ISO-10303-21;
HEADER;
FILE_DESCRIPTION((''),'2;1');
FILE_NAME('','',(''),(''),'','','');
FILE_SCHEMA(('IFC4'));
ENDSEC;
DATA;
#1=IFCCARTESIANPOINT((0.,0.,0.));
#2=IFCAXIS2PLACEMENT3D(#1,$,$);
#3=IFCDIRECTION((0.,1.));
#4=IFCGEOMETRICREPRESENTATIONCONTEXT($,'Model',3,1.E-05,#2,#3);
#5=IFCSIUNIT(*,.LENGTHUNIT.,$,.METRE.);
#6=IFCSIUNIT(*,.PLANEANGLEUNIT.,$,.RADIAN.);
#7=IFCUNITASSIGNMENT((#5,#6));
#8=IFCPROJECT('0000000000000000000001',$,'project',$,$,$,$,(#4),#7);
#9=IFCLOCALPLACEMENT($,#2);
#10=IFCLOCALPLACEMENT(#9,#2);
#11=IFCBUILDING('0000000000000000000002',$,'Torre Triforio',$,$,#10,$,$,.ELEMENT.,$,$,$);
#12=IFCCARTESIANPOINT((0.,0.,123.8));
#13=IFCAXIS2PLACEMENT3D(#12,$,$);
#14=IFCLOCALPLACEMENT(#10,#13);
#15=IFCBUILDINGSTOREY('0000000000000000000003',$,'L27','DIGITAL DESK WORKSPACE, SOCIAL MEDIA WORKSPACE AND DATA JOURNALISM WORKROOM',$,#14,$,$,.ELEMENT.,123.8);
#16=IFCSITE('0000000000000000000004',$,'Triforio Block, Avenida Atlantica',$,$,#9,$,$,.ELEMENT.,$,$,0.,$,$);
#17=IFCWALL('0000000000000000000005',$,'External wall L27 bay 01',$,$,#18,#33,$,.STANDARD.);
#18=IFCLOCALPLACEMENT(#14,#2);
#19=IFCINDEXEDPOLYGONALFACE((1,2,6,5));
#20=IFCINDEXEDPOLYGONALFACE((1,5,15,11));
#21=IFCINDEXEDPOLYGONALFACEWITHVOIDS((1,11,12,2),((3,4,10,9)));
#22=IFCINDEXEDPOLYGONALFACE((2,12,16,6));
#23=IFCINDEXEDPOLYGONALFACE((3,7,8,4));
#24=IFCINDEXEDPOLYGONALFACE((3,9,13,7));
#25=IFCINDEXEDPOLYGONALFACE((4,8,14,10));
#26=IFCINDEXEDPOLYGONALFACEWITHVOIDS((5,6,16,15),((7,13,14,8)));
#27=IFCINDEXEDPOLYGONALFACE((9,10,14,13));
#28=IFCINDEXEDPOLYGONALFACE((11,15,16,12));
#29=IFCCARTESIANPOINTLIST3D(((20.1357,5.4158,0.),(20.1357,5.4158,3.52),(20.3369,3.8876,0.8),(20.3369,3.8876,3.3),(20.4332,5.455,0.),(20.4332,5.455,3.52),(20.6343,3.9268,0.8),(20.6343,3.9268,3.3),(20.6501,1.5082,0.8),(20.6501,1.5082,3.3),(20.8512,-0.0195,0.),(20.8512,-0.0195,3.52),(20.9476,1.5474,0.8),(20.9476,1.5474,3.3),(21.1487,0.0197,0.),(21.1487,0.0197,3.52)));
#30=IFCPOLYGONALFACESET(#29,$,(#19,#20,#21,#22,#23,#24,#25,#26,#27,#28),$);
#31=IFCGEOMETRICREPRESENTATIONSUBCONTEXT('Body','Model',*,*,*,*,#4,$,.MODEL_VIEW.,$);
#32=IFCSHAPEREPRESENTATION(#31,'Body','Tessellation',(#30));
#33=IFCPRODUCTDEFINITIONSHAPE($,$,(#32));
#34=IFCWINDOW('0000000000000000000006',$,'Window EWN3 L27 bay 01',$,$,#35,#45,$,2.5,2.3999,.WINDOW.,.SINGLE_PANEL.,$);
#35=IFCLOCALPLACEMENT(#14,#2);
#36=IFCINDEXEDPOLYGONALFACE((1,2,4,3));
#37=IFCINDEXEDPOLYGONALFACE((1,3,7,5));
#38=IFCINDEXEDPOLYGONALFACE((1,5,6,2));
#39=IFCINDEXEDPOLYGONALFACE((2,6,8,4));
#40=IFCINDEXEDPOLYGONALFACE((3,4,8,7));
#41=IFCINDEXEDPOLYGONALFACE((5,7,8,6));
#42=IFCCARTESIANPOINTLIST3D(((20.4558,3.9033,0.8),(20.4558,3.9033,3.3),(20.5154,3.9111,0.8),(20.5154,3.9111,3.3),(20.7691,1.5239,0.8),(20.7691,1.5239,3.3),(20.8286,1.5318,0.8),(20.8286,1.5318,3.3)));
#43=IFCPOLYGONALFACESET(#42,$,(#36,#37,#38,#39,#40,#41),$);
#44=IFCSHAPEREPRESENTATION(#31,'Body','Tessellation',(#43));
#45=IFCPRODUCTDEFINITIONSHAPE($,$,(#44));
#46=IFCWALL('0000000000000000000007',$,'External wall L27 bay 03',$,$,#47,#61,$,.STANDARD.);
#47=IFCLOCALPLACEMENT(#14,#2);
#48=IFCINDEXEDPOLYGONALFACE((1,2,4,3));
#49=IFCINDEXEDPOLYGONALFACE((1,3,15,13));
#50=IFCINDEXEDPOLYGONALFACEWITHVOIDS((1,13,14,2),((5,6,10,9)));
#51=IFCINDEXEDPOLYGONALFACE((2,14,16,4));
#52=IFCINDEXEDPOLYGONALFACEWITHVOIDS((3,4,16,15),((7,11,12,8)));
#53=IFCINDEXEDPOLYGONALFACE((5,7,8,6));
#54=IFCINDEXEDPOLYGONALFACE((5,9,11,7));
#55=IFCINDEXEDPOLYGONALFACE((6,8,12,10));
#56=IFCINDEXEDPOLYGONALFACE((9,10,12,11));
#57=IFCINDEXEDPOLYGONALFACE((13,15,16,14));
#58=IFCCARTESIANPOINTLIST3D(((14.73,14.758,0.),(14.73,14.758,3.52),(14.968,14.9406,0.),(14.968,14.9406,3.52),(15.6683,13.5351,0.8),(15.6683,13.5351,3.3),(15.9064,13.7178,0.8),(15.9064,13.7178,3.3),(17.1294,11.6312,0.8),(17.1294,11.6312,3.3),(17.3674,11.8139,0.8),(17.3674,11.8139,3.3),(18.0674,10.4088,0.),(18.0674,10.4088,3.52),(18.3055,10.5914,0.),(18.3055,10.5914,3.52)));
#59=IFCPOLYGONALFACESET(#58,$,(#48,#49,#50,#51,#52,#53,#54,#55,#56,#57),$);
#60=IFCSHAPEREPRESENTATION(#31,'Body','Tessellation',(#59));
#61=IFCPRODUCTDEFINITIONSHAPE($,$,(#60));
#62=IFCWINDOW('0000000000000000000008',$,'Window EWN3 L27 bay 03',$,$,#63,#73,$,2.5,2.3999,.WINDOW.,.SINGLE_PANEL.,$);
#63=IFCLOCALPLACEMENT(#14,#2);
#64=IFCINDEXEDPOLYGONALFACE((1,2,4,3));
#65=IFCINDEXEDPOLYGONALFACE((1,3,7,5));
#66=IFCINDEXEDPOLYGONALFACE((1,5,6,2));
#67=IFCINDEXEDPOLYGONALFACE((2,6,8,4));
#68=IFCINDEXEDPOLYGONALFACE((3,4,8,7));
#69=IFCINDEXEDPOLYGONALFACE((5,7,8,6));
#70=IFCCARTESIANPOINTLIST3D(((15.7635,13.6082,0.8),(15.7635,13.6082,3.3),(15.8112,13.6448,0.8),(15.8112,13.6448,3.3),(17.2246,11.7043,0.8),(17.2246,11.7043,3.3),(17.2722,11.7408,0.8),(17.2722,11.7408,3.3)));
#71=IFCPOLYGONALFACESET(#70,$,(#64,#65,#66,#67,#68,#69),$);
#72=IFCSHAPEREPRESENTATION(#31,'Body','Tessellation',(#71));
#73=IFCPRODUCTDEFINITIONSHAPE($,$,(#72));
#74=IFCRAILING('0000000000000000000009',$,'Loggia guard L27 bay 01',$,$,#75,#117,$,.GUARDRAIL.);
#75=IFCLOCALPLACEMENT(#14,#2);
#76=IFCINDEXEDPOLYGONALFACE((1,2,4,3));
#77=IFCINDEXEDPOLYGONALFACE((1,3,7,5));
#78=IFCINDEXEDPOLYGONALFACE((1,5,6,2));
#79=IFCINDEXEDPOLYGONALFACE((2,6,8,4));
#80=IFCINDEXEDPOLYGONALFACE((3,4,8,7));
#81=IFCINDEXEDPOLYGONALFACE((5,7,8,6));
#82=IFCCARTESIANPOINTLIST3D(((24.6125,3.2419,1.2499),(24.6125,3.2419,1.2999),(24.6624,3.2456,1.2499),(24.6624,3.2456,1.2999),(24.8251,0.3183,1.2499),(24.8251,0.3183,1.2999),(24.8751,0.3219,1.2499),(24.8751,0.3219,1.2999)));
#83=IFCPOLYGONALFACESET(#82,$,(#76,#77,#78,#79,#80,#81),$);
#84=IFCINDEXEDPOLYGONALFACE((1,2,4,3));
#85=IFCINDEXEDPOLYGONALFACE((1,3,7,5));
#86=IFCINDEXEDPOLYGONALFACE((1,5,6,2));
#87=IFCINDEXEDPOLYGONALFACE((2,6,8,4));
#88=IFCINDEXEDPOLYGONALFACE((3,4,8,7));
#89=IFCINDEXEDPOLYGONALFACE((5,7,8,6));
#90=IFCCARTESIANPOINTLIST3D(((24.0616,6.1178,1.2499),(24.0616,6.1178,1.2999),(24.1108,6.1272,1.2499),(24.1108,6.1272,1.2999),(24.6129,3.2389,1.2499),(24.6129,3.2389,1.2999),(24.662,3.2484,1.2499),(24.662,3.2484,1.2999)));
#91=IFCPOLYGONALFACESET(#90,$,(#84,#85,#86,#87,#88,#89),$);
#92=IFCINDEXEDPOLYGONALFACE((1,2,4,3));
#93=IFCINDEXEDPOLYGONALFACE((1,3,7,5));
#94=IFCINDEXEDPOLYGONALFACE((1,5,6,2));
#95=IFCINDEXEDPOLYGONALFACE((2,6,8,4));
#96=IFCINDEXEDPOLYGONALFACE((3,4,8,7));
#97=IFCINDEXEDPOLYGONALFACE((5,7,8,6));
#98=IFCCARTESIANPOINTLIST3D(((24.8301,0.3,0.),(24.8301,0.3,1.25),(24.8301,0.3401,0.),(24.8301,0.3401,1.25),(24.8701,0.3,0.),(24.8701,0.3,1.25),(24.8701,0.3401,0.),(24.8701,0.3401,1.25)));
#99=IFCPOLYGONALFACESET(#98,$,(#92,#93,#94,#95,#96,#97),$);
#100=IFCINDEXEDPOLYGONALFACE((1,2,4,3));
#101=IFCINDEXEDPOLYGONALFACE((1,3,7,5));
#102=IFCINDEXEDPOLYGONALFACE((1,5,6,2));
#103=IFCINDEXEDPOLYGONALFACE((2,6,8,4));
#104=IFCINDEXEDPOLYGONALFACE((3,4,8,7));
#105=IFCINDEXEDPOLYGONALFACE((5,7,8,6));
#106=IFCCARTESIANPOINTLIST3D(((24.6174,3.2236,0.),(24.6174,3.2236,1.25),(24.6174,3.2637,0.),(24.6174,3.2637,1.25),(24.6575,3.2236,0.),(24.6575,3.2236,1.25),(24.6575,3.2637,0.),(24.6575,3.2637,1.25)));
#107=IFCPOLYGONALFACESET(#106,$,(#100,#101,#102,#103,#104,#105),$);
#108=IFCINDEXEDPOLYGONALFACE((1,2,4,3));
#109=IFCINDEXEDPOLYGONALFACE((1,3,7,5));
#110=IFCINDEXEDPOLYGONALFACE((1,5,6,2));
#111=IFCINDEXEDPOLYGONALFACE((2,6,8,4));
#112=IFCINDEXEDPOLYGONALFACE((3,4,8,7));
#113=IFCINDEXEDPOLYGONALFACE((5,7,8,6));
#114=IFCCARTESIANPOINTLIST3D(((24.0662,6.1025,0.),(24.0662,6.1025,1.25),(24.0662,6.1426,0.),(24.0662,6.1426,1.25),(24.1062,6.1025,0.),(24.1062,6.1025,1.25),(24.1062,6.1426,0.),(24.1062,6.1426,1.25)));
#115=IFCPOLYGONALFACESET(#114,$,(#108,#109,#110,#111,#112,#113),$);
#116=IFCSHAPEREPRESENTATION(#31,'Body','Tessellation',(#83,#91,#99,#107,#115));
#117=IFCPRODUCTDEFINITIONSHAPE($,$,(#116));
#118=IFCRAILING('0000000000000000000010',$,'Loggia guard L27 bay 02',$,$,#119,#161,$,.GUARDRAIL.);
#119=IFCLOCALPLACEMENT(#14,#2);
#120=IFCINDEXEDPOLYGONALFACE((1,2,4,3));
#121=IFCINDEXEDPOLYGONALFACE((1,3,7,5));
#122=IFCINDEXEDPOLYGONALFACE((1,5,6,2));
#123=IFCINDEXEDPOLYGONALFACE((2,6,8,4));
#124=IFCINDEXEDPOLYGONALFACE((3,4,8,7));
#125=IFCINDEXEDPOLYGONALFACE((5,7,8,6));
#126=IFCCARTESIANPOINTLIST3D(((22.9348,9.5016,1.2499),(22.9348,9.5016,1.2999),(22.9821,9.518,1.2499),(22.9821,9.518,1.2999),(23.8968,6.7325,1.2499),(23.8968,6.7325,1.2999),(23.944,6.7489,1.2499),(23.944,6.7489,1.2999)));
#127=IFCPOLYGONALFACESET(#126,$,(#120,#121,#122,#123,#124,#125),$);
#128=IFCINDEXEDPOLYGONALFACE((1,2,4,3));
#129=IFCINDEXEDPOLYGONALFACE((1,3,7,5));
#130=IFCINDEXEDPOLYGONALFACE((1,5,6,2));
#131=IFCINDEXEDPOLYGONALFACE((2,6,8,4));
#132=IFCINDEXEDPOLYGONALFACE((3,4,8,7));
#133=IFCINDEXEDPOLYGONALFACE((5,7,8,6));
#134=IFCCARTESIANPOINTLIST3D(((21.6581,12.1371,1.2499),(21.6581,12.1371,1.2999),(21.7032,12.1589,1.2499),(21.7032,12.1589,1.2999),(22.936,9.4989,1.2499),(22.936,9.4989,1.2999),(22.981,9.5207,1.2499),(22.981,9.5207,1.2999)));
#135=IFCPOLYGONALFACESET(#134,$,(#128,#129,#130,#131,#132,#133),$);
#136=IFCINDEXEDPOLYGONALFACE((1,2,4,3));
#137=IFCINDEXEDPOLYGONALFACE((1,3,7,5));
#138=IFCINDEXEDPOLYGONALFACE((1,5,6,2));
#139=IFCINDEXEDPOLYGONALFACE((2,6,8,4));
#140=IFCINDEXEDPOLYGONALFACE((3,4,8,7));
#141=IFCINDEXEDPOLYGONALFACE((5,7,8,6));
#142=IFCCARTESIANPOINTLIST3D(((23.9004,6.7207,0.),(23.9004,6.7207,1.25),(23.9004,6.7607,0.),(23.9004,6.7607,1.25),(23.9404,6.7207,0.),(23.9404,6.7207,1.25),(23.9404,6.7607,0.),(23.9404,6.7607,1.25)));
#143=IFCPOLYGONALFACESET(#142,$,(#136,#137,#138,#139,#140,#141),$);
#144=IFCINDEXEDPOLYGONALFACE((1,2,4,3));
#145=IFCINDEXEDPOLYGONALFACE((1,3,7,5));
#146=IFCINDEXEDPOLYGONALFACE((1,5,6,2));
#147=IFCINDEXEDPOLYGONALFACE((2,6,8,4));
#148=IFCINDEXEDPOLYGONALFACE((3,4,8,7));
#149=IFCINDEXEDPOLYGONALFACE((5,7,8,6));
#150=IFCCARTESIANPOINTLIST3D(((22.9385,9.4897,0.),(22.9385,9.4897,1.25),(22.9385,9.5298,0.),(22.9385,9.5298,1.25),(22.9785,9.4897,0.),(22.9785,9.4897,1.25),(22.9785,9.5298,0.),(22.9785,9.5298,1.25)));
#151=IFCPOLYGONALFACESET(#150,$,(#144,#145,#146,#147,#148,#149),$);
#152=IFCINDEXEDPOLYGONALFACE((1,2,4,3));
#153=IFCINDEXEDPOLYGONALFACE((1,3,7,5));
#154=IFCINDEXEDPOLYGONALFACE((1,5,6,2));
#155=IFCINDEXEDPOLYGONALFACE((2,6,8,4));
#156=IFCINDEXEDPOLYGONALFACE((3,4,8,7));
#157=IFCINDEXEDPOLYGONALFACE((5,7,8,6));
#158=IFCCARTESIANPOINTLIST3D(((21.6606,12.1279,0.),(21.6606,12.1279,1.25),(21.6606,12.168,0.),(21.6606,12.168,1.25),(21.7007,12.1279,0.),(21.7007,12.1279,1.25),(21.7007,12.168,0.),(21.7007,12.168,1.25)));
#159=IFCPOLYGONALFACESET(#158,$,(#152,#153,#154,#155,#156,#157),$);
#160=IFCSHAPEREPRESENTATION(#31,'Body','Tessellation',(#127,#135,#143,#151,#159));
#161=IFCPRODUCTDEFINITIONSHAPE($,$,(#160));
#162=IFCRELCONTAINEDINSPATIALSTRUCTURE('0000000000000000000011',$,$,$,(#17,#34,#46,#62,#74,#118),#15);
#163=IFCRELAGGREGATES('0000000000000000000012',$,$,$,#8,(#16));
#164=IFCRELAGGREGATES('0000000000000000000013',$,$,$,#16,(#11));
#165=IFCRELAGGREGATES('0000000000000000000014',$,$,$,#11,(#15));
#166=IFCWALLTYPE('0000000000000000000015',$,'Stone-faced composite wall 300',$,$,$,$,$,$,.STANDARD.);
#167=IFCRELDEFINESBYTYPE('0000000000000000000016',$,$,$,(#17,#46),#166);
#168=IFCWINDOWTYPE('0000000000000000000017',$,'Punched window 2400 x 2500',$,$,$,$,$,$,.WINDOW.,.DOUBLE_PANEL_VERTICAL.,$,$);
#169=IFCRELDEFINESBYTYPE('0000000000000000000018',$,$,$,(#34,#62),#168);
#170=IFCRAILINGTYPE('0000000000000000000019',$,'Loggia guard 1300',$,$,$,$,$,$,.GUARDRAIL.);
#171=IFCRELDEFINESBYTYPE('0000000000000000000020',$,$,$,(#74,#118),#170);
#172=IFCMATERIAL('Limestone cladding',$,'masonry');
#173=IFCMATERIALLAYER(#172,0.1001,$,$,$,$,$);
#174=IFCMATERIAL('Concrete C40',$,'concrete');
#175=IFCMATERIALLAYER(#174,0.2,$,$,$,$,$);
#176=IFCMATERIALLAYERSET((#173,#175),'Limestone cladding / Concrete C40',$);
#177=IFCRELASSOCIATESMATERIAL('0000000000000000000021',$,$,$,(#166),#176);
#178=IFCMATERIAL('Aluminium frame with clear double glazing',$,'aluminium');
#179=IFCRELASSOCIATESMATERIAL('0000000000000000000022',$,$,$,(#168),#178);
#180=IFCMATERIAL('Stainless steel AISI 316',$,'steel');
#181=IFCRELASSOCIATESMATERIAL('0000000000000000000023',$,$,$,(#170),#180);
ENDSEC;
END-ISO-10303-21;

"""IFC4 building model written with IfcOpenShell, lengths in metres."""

from ifc_helpers import new_model, si_unit, direction, frame, frame_2d, origin, origin_2d, place, context, subcontext, project, spatial, rectangle, extrude, material, layer, layer_set, type_object, element, fill, save


model = new_model("IFC4")

# Units and contexts
model_context = context("Model", 3, precision=1e-05, world=origin(), true_north=direction((0.0, 1.0)))
body_context = subcontext(model_context, "Body", "Model", "MODEL_VIEW")
ifc_project = project(units=[si_unit("LENGTHUNIT", "METRE"), si_unit("PLANEANGLEUNIT", "RADIAN")], contexts=[model_context])

# Site, building, storey
site_placement = place(None, origin())
site = spatial("IfcSite", under=ifc_project, at=site_placement, Name="Triforio Block, Avenida Atlantica", CompositionType="ELEMENT", RefElevation=0.0)
building_placement = place(site_placement, origin())
building = spatial("IfcBuilding", under=site, at=building_placement, Name="Torre Triforio", CompositionType="ELEMENT")
storey_placement = place(building_placement, frame((0.0, 0.0, 123.8)))
storey = spatial("IfcBuildingStorey", under=building, at=storey_placement, Name="L27", Description="DIGITAL DESK WORKSPACE, SOCIAL MEDIA WORKSPACE AND DATA JOURNALISM WORKROOM", CompositionType="ELEMENT", Elevation=123.8)

# Shared definitions
ifc_material_1 = material(Name="Limestone cladding", Category="masonry")
ifc_material_2 = material(Name="Concrete C40", Category="concrete")

# Wall, opening, window
ifc_layer_1 = layer(ifc_material_1, 0.1001)
ifc_layer_2 = layer(ifc_material_2, 0.2)
ifc_layer_set_1 = layer_set([ifc_layer_1, ifc_layer_2], Name="Limestone cladding / Concrete C40")
wall_type_1 = type_object("IfcWallType", Name="Stone-faced composite wall 300", PredefinedType="STANDARD", material=ifc_layer_set_1)
wall_1_placement = place(storey_placement, frame((21.0, 0.0, 0.0), z_axis=(0.0, 0.0, 1.0), x_axis=(-0.130527, 0.991445, 0.0)))
wall_1 = element("IfcWall", 1, at=wall_1_placement, inside=storey, type_object=wall_type_1, Name="External wall L27 bay 01", PredefinedType="STANDARD", context=body_context, shape_type="SweptSolid", body=[
    extrude(rectangle(XDim=5.4822, YDim=0.3, at=frame_2d((2.7412, 0.0))), origin(), (0.0, 0.0, 1.0), 3.52),
])
opening_1_placement = place(wall_1_placement, frame((1.541, 0.0, 0.8)))
opening_1 = element("IfcOpeningElement", 2, at=opening_1_placement, cuts=wall_1, PredefinedType="OPENING", context=body_context, shape_type="SweptSolid", body=[
    extrude(rectangle(XDim=2.3999, YDim=2.5, at=frame_2d((1.2, 1.25))), frame((0.0, 0.1599, 0.0), z_axis=(0.0, -1.0, 0.0), x_axis=(1.0, 0.0, 0.0)), (0.0, 0.0, 1.0), 0.3201),
])
ifc_material_3 = material(Name="Aluminium frame with clear double glazing", Category="aluminium")
window_type_1 = type_object("IfcWindowType", Name="Punched window 2400 x 2500", PartitioningType="DOUBLE_PANEL_VERTICAL", PredefinedType="WINDOW", material=ifc_material_3)
window_1_placement = place(opening_1_placement, origin())
window_1 = element("IfcWindow", 3, at=window_1_placement, inside=storey, type_object=window_type_1, Name="Window EWN3 L27 bay 01", OverallHeight=2.5, OverallWidth=2.3999, PartitioningType="SINGLE_PANEL", PredefinedType="WINDOW", context=body_context, shape_type="SweptSolid", body=[
    extrude(rectangle(XDim=2.3999, YDim=2.5, at=frame_2d((1.2, 1.25))), frame((0.0, 0.03, 0.0), z_axis=(0.0, -1.0, 0.0), x_axis=(1.0, 0.0, 0.0)), (0.0, 0.0, 1.0), 0.0601),
])
fill(opening_1, window_1)

# Wall, opening, window
wall_2_placement = place(storey_placement, frame((18.1865, 10.5, 0.0), z_axis=(0.0, 0.0, 1.0), x_axis=(-0.608785, 0.793335, 0.0)))
wall_2 = element("IfcWall", 4, at=wall_2_placement, inside=storey, type_object=wall_type_1, Name="External wall L27 bay 03", PredefinedType="STANDARD", context=body_context, shape_type="SweptSolid", body=[
    extrude(rectangle(XDim=5.4822, YDim=0.3, at=frame_2d((2.7412, 0.0))), origin(), (0.0, 0.0, 1.0), 3.52),
])
opening_2_placement = place(wall_2_placement, frame((1.541, 0.0, 0.8)))
opening_2 = element("IfcOpeningElement", 5, at=opening_2_placement, cuts=wall_2, PredefinedType="OPENING", context=body_context, shape_type="SweptSolid", body=[
    extrude(rectangle(XDim=2.3999, YDim=2.5, at=frame_2d((1.2, 1.25))), frame((0.0, 0.1599, 0.0), z_axis=(0.0, -1.0, 0.0), x_axis=(1.0, 0.0, 0.0)), (0.0, 0.0, 1.0), 0.3201),
])
window_2_placement = place(opening_2_placement, origin())
window_2 = element("IfcWindow", 6, at=window_2_placement, inside=storey, type_object=window_type_1, Name="Window EWN3 L27 bay 03", OverallHeight=2.5, OverallWidth=2.3999, PartitioningType="SINGLE_PANEL", PredefinedType="WINDOW", context=body_context, shape_type="SweptSolid", body=[
    extrude(rectangle(XDim=2.3999, YDim=2.5, at=frame_2d((1.2, 1.25))), frame((0.0, 0.03, 0.0), z_axis=(0.0, -1.0, 0.0), x_axis=(1.0, 0.0, 0.0)), (0.0, 0.0, 1.0), 0.0601),
])
fill(opening_2, window_2)

# Railings
ifc_material_4 = material(Name="Stainless steel AISI 316", Category="steel")
railing_type = type_object("IfcRailingType", Name="Loggia guard 1300", PredefinedType="GUARDRAIL", material=ifc_material_4)
railing_1_placement = place(storey_placement, frame((24.8501, 0.3201, 0.0)))
element("IfcRailing", 7, at=railing_1_placement, inside=storey, type_object=railing_type, Name="Loggia guard L27 bay 01", PredefinedType="GUARDRAIL", context=body_context, shape_type="SweptSolid", body=[
    extrude(rectangle(XDim=0.05, YDim=0.05, at=origin_2d()), frame((0.0, 0.0, 1.2749), z_axis=(-0.072543, 0.997365, 0.0), x_axis=(-0.997365, -0.072543, 0.0)), (0.0, 0.0, 1.0), 2.9314),
    extrude(rectangle(XDim=0.05, YDim=0.05, at=origin_2d()), frame((-0.2126, 2.9236, 1.2749), z_axis=(-0.188069, 0.982156, 0.0), x_axis=(-0.982156, -0.188069, 0.0)), (0.0, 0.0, 1.0), 2.9312),
    extrude(rectangle(XDim=0.04, YDim=0.04, at=origin_2d()), origin(), (0.0, 0.0, 1.0), 1.25),
    extrude(rectangle(XDim=0.04, YDim=0.04, at=origin_2d()), frame((-0.2126, 2.9236, 0.0)), (0.0, 0.0, 1.0), 1.25),
    extrude(rectangle(XDim=0.04, YDim=0.04, at=origin_2d()), frame((-0.7639, 5.8025, 0.0)), (0.0, 0.0, 1.0), 1.25),
])
railing_2_placement = place(storey_placement, frame((23.9204, 6.7407, 0.0)))
element("IfcRailing", 8, at=railing_2_placement, inside=storey, type_object=railing_type, Name="Loggia guard L27 bay 02", PredefinedType="GUARDRAIL", context=body_context, shape_type="SweptSolid", body=[
    extrude(rectangle(XDim=0.05, YDim=0.05, at=origin_2d()), frame((0.0, 0.0, 1.2749), z_axis=(-0.328146, 0.944627, 0.0), x_axis=(-0.944627, -0.328146, 0.0)), (0.0, 0.0, 1.0), 2.9314),
    extrude(rectangle(XDim=0.05, YDim=0.05, at=origin_2d()), frame((-0.9619, 2.769, 1.2749), z_axis=(-0.435918, 0.899986, 0.0), x_axis=(-0.899986, -0.435918, 0.0)), (0.0, 0.0, 1.0), 2.9314),
    extrude(rectangle(XDim=0.04, YDim=0.04, at=origin_2d()), origin(), (0.0, 0.0, 1.0), 1.25),
    extrude(rectangle(XDim=0.04, YDim=0.04, at=origin_2d()), frame((-0.9619, 2.769, 0.0)), (0.0, 0.0, 1.0), 1.25),
    extrude(rectangle(XDim=0.04, YDim=0.04, at=origin_2d()), frame((-2.2397, 5.4072, 0.0)), (0.0, 0.0, 1.0), 1.25),
])

save(model, "model.ifc")
